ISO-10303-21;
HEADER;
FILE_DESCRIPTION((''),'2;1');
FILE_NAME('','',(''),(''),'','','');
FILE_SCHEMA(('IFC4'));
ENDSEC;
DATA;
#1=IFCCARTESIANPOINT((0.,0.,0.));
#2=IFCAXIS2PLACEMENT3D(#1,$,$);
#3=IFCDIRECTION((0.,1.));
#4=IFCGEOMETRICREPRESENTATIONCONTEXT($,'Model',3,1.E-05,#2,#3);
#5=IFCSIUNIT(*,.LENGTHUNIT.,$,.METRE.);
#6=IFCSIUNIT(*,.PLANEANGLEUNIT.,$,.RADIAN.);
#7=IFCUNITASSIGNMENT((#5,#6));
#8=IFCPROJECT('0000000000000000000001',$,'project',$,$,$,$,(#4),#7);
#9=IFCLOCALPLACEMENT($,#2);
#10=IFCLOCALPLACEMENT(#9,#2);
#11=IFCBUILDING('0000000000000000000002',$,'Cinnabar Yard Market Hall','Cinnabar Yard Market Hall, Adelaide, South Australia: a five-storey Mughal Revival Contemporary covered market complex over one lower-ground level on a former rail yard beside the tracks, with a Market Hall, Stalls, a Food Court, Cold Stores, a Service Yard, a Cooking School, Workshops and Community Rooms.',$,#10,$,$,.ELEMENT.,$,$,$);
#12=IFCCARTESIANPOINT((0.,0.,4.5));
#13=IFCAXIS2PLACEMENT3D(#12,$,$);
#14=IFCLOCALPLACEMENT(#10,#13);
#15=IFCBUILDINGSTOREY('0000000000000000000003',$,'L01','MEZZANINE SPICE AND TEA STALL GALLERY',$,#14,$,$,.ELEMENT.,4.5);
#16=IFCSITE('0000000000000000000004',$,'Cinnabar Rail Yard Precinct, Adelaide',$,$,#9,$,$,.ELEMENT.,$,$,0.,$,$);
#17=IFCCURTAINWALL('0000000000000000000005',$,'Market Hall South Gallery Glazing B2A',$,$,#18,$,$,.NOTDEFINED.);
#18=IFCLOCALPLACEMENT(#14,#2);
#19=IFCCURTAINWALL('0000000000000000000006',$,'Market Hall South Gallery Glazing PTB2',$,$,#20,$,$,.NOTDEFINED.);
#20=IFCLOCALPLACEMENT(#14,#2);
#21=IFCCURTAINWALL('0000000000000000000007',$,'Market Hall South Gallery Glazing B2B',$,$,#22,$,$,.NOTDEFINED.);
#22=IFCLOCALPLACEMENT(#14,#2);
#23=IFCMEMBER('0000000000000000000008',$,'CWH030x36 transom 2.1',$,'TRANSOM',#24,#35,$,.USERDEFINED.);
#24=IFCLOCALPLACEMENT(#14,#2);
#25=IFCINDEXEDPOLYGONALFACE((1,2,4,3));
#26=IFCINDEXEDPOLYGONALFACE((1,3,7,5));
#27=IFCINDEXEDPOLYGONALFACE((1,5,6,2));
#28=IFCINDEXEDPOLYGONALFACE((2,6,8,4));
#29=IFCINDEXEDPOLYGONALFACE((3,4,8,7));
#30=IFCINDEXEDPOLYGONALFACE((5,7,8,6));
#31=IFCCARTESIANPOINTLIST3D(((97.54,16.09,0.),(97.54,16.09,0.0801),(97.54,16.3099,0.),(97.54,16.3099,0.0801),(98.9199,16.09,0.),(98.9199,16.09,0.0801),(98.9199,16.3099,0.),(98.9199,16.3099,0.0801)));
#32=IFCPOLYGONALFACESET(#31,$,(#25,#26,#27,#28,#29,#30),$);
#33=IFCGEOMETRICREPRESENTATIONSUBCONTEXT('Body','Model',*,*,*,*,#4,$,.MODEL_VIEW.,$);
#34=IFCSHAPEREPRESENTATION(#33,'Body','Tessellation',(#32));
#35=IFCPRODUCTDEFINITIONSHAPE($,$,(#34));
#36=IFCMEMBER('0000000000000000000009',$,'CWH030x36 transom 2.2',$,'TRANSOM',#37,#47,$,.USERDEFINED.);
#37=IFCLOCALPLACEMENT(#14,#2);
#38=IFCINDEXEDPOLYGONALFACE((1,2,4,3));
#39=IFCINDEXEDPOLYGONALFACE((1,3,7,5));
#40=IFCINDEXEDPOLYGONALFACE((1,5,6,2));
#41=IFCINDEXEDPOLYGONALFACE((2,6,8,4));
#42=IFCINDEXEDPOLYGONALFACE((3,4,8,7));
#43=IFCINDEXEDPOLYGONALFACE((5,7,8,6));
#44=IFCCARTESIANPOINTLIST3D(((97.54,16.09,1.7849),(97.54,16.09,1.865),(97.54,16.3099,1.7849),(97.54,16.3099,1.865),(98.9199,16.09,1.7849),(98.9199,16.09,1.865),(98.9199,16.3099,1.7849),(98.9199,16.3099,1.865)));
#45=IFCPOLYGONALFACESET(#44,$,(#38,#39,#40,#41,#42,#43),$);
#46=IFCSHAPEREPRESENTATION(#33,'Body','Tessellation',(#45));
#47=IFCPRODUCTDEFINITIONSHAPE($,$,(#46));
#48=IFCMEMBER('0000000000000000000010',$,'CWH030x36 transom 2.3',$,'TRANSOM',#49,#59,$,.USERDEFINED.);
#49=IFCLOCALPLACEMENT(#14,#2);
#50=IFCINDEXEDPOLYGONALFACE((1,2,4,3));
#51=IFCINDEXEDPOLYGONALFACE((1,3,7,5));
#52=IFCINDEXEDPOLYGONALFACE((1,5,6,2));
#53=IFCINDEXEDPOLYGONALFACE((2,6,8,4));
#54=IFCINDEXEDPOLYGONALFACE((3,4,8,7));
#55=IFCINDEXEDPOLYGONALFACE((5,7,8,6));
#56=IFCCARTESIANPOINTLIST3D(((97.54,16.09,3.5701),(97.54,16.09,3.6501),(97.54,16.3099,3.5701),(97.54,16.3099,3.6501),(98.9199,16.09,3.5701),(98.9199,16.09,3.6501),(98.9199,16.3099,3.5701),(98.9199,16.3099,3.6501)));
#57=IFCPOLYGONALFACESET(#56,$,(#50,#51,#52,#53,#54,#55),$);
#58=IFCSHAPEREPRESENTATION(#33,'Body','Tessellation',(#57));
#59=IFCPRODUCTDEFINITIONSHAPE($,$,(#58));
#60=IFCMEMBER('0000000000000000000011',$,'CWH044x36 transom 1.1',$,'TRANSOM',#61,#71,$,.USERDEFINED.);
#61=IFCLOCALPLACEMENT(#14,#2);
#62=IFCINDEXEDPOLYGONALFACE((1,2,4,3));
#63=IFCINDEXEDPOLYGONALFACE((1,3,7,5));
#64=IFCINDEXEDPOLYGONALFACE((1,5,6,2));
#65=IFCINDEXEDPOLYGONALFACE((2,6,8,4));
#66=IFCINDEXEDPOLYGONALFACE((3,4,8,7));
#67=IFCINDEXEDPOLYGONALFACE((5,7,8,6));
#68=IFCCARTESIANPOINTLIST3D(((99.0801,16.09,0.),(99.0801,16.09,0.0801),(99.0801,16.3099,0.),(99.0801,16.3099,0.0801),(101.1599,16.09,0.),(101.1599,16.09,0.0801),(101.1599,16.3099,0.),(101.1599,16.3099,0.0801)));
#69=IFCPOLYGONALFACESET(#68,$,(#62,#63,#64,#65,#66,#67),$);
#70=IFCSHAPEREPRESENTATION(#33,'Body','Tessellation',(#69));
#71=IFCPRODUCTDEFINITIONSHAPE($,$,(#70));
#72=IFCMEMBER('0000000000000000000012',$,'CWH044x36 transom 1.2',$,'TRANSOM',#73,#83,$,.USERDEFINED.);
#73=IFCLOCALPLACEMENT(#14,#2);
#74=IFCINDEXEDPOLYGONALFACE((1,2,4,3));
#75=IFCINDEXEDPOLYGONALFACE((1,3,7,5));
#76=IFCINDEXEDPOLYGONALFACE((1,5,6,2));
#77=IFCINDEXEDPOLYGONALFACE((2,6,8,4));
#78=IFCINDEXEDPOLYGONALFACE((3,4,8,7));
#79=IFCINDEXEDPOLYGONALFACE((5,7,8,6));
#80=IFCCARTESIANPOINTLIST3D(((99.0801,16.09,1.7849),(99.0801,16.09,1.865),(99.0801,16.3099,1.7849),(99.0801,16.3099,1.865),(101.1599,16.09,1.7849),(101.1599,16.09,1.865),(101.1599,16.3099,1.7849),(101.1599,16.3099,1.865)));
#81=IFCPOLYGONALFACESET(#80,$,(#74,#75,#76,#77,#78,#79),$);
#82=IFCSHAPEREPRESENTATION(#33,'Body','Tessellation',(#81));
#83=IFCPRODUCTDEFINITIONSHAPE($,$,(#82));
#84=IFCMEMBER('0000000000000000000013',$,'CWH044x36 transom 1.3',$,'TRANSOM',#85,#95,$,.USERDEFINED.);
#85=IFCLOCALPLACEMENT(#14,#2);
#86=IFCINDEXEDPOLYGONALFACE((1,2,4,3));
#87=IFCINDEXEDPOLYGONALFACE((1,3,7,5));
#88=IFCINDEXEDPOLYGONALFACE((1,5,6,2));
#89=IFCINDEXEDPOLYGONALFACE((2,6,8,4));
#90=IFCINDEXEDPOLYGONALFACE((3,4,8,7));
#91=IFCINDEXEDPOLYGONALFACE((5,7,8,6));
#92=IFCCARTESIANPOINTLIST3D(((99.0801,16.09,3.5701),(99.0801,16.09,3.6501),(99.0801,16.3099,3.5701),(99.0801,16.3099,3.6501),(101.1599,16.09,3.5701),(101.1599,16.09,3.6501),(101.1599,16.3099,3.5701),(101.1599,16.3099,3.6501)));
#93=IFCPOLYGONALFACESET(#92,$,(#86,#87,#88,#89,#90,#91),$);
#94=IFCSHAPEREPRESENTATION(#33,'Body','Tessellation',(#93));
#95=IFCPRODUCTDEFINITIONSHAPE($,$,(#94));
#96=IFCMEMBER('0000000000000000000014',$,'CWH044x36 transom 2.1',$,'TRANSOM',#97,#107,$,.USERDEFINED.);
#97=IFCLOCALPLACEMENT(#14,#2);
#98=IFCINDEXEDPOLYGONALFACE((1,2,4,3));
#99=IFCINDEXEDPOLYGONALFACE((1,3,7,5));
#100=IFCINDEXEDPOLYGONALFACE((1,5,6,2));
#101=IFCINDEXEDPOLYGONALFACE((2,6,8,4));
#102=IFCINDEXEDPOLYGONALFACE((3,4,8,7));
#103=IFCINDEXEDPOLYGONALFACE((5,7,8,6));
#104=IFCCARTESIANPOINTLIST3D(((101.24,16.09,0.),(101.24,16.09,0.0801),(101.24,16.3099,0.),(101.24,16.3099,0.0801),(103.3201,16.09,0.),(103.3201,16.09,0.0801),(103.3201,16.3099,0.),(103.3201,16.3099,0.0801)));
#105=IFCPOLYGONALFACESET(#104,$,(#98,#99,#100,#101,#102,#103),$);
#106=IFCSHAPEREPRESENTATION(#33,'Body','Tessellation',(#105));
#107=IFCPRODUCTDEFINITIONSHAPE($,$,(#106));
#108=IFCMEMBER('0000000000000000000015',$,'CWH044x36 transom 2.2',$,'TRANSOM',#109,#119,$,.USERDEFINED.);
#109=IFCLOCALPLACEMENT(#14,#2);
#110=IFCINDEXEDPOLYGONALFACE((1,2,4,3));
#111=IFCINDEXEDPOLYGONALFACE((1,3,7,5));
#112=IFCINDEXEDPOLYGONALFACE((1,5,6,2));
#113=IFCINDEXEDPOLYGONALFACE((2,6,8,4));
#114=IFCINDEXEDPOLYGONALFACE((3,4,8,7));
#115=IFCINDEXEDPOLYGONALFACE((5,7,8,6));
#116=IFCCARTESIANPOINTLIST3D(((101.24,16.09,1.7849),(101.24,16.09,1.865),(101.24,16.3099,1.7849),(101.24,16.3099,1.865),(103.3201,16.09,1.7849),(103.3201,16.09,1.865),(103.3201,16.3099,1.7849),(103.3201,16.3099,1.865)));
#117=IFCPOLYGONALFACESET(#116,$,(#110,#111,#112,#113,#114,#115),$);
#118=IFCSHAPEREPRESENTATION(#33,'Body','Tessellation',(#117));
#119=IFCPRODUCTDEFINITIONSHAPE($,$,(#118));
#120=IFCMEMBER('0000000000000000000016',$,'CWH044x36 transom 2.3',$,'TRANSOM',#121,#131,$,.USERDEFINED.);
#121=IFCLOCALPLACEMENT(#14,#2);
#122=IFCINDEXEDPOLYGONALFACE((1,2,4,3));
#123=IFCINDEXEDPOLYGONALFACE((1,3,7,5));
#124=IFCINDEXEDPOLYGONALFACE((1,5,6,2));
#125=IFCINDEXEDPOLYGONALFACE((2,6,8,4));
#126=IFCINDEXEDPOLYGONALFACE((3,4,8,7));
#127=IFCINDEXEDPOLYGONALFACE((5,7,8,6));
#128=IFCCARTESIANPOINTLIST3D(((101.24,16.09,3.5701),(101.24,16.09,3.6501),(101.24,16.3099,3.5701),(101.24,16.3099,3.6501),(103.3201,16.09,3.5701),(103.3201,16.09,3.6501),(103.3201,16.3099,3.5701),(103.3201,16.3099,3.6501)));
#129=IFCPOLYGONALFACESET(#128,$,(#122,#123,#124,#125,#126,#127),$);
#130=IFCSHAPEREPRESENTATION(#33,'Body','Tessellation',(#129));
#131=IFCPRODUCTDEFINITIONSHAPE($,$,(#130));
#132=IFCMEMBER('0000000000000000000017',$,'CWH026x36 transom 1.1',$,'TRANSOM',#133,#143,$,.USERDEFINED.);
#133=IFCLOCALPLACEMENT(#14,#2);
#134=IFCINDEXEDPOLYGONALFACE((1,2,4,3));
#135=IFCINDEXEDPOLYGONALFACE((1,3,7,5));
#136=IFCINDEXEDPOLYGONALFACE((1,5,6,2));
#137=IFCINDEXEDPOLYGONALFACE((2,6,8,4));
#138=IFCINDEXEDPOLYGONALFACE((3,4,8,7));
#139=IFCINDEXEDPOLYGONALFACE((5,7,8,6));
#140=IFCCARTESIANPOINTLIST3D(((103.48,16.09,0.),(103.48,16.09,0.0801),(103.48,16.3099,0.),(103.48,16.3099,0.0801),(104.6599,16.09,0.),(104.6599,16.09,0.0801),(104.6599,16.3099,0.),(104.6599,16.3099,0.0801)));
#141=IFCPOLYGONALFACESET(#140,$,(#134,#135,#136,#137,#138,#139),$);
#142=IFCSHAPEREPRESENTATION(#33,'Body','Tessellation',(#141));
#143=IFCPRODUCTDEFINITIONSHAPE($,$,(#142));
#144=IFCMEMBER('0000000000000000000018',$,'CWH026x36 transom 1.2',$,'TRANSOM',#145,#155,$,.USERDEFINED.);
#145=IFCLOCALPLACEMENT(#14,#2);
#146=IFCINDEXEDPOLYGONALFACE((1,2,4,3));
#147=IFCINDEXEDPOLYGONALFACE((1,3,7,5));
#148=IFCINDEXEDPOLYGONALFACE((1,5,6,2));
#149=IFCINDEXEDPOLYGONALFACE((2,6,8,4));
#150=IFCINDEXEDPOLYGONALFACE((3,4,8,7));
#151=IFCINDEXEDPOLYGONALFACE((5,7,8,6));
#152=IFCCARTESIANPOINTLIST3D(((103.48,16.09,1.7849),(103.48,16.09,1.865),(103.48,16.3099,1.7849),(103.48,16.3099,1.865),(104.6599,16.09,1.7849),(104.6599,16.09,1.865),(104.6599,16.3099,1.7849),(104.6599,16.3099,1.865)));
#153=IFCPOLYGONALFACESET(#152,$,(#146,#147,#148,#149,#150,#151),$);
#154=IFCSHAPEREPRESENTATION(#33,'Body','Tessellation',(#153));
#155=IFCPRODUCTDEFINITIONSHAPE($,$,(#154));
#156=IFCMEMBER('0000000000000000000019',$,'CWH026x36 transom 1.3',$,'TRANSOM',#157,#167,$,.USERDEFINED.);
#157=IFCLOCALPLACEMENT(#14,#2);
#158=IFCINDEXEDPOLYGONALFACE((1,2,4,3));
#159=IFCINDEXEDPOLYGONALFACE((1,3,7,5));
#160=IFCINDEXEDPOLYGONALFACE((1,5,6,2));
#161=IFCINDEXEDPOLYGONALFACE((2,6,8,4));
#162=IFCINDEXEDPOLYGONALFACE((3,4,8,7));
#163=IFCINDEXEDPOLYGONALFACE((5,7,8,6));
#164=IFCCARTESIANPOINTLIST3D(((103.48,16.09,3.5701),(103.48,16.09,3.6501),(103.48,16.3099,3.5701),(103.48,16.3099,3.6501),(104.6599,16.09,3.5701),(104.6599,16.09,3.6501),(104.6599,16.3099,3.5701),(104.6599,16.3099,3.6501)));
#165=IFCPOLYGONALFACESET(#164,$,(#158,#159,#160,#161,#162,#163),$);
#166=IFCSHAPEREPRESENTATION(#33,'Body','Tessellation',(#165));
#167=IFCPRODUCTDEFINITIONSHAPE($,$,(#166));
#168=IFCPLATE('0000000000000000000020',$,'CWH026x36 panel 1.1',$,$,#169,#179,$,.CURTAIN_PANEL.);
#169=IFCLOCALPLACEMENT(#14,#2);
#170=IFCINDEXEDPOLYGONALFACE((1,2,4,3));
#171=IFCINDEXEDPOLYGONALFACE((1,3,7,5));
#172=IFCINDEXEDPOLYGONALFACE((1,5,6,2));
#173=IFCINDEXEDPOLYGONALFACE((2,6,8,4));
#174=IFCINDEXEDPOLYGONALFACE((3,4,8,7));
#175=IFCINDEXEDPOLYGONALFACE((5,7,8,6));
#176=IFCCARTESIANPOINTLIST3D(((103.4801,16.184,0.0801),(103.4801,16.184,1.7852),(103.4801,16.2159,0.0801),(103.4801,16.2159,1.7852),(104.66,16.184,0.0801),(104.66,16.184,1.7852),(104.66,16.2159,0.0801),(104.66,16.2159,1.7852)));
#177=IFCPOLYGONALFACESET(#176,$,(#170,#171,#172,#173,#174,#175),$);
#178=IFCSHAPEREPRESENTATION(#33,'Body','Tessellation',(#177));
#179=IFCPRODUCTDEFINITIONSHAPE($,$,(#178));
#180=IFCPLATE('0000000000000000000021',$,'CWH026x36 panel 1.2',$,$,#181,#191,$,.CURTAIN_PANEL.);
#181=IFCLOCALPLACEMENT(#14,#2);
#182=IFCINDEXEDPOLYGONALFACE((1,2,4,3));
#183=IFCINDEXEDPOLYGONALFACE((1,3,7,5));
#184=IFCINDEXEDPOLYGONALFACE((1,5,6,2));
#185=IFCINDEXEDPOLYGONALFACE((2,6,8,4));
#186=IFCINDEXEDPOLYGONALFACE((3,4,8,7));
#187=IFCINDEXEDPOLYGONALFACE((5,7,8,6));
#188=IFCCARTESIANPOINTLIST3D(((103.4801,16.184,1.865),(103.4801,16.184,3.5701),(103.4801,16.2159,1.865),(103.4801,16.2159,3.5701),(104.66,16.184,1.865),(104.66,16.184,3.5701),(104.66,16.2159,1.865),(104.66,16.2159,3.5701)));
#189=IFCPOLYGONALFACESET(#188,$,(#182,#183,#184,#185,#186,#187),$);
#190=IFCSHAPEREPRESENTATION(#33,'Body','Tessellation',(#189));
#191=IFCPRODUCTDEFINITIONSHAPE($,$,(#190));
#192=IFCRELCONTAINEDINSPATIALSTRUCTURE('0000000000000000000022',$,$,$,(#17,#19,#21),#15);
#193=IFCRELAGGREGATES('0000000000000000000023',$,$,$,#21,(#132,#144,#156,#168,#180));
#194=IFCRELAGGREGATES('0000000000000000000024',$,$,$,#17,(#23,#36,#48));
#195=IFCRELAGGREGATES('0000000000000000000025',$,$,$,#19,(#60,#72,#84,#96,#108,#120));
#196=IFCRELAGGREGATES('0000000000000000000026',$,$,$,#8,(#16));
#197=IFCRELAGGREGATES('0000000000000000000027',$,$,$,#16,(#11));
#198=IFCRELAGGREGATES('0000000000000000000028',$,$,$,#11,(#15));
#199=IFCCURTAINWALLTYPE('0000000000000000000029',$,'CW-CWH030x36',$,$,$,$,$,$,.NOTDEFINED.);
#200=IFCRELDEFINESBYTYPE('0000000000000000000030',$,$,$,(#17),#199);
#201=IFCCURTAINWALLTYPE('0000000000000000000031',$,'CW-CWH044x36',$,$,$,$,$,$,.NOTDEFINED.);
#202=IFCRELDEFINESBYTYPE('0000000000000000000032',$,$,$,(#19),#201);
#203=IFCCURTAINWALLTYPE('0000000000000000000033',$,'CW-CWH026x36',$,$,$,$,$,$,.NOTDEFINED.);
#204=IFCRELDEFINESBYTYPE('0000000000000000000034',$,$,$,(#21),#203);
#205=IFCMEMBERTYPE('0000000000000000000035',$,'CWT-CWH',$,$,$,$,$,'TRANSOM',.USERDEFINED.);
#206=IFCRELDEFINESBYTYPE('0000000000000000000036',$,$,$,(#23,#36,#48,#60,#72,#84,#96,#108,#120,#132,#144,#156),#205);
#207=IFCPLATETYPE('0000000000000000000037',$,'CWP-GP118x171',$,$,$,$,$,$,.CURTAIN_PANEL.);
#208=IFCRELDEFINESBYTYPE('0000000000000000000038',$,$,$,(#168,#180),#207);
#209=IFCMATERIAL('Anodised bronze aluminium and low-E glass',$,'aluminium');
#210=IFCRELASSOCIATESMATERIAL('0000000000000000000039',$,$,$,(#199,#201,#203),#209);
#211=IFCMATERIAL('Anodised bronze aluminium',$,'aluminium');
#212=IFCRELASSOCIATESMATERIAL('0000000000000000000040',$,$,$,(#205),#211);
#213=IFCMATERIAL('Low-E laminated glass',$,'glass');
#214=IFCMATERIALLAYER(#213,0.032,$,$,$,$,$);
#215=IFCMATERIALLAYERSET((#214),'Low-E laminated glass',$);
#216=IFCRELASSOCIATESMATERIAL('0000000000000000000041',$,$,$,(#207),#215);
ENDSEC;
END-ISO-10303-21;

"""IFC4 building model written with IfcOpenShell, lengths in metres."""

from ifc_helpers import new_model, si_unit, direction, frame, origin, origin_2d_with_axis, place, context, subcontext, project, spatial, rectangle, extrude, material, layer, layer_set, material_profile, profile_set, type_object, element, aggregate, save


model = new_model("IFC4")

# Units and contexts
model_context = context("Model", 3, precision=1e-05, world=origin(), true_north=direction((0.0, 1.0)))
body_context = subcontext(model_context, "Body", "Model", "MODEL_VIEW")
ifc_project = project(units=[si_unit("LENGTHUNIT", "METRE"), si_unit("PLANEANGLEUNIT", "RADIAN")], contexts=[model_context])

# Site, building, storey
site_placement = place(None, origin())
site = spatial("IfcSite", under=ifc_project, at=site_placement, Name="Cinnabar Rail Yard Precinct, Adelaide", CompositionType="ELEMENT", RefElevation=0.0)
building_placement = place(site_placement, origin())
building = spatial("IfcBuilding", under=site, at=building_placement, Name="Cinnabar Yard Market Hall", Description="Cinnabar Yard Market Hall, Adelaide, South Australia: a five-storey Mughal Revival Contemporary covered market complex over one lower-ground level on a former rail yard beside the tracks, with a Market Hall, Stalls, a Food Court, Cold Stores, a Service Yard, a Cooking School, Workshops and Community Rooms.", CompositionType="ELEMENT")
storey_placement = place(building_placement, frame((0.0, 0.0, 4.5)))
storey = spatial("IfcBuildingStorey", under=building, at=storey_placement, Name="L01", Description="MEZZANINE SPICE AND TEA STALL GALLERY", CompositionType="ELEMENT", Elevation=4.5)

# Curtain walls
ifc_material_1 = material(Name="Anodised bronze aluminium and low-E glass", Category="aluminium")
curtain_wall_type_1 = type_object("IfcCurtainWallType", Name="CW-CWH030x36", PredefinedType="NOTDEFINED", material=ifc_material_1)
curtain_wall_1_placement = place(storey_placement, origin())
curtain_wall_1 = element("IfcCurtainWall", 1, at=curtain_wall_1_placement, inside=storey, type_object=curtain_wall_type_1, Name="Market Hall South Gallery Glazing B2A", PredefinedType="NOTDEFINED")
ifc_material_2 = material(Name="Anodised bronze aluminium", Category="aluminium")
curtain_wall_type_2 = type_object("IfcCurtainWallType", Name="CW-CWH044x36", PredefinedType="NOTDEFINED", material=ifc_material_1)
curtain_wall_2_placement = place(storey_placement, origin())
curtain_wall_2 = element("IfcCurtainWall", 2, at=curtain_wall_2_placement, inside=storey, type_object=curtain_wall_type_2, Name="Market Hall South Gallery Glazing PTB2", PredefinedType="NOTDEFINED")

# Curtain wall
curtain_wall_type_3 = type_object("IfcCurtainWallType", Name="CW-CWH026x36", PredefinedType="NOTDEFINED", material=ifc_material_1)
curtain_wall_3_placement = place(storey_placement, origin())
curtain_wall_3 = element("IfcCurtainWall", 3, at=curtain_wall_3_placement, inside=storey, type_object=curtain_wall_type_3, Name="Market Hall South Gallery Glazing B2B", PredefinedType="NOTDEFINED")

# Members
ifc_material_profile_1 = material_profile(ifc_material_2, rectangle(XDim=0.22, YDim=0.0801, at=origin_2d_with_axis()), Name="TRN-CWH")
ifc_profile_set_1 = profile_set([ifc_material_profile_1], Name="Anodised bronze aluminium")
member_type_1 = type_object("IfcMemberType", Name="CWT-CWH", ElementType="TRANSOM", PredefinedType="USERDEFINED", material=ifc_profile_set_1)
member_1_placement = place(storey_placement, frame((97.54, 16.2, 0.04), z_axis=(1.0, 0.0, 0.0), x_axis=(0.0, 1.0, 0.0)))
member_1 = element("IfcMember", 4, at=member_1_placement, type_object=member_type_1, Name="CWH030x36 transom 2.1", ObjectType="TRANSOM", PredefinedType="USERDEFINED", context=body_context, shape_type="SweptSolid", body=[
    extrude(rectangle(XDim=0.22, YDim=0.0801, at=origin_2d_with_axis()), origin(), (0.0, 0.0, 1.0), 1.3799),
])
member_2_placement = place(storey_placement, frame((97.54, 16.2, 1.825), z_axis=(1.0, 0.0, 0.0), x_axis=(0.0, 1.0, 0.0)))
member_2 = element("IfcMember", 5, at=member_2_placement, type_object=member_type_1, Name="CWH030x36 transom 2.2", ObjectType="TRANSOM", PredefinedType="USERDEFINED", context=body_context, shape_type="SweptSolid", body=[
    extrude(rectangle(XDim=0.22, YDim=0.0801, at=origin_2d_with_axis()), origin(), (0.0, 0.0, 1.0), 1.3799),
])
member_3_placement = place(storey_placement, frame((97.54, 16.2, 3.6101), z_axis=(1.0, 0.0, 0.0), x_axis=(0.0, 1.0, 0.0)))
member_3 = element("IfcMember", 6, at=member_3_placement, type_object=member_type_1, Name="CWH030x36 transom 2.3", ObjectType="TRANSOM", PredefinedType="USERDEFINED", context=body_context, shape_type="SweptSolid", body=[
    extrude(rectangle(XDim=0.22, YDim=0.0801, at=origin_2d_with_axis()), origin(), (0.0, 0.0, 1.0), 1.3799),
])
member_4_placement = place(storey_placement, frame((99.0801, 16.2, 0.04), z_axis=(1.0, 0.0, 0.0), x_axis=(0.0, 1.0, 0.0)))
member_4 = element("IfcMember", 7, at=member_4_placement, type_object=member_type_1, Name="CWH044x36 transom 1.1", ObjectType="TRANSOM", PredefinedType="USERDEFINED", context=body_context, shape_type="SweptSolid", body=[
    extrude(rectangle(XDim=0.22, YDim=0.0801, at=origin_2d_with_axis()), origin(), (0.0, 0.0, 1.0), 2.0798),
])
member_5_placement = place(storey_placement, frame((99.0801, 16.2, 1.825), z_axis=(1.0, 0.0, 0.0), x_axis=(0.0, 1.0, 0.0)))
member_5 = element("IfcMember", 8, at=member_5_placement, type_object=member_type_1, Name="CWH044x36 transom 1.2", ObjectType="TRANSOM", PredefinedType="USERDEFINED", context=body_context, shape_type="SweptSolid", body=[
    extrude(rectangle(XDim=0.22, YDim=0.0801, at=origin_2d_with_axis()), origin(), (0.0, 0.0, 1.0), 2.0798),
])
member_6_placement = place(storey_placement, frame((99.0801, 16.2, 3.6101), z_axis=(1.0, 0.0, 0.0), x_axis=(0.0, 1.0, 0.0)))
member_6 = element("IfcMember", 9, at=member_6_placement, type_object=member_type_1, Name="CWH044x36 transom 1.3", ObjectType="TRANSOM", PredefinedType="USERDEFINED", context=body_context, shape_type="SweptSolid", body=[
    extrude(rectangle(XDim=0.22, YDim=0.0801, at=origin_2d_with_axis()), origin(), (0.0, 0.0, 1.0), 2.0798),
])
member_7_placement = place(storey_placement, frame((101.24, 16.2, 0.04), z_axis=(1.0, 0.0, 0.0), x_axis=(0.0, 1.0, 0.0)))
member_7 = element("IfcMember", 10, at=member_7_placement, type_object=member_type_1, Name="CWH044x36 transom 2.1", ObjectType="TRANSOM", PredefinedType="USERDEFINED", context=body_context, shape_type="SweptSolid", body=[
    extrude(rectangle(XDim=0.22, YDim=0.0801, at=origin_2d_with_axis()), origin(), (0.0, 0.0, 1.0), 2.0801),
])
member_8_placement = place(storey_placement, frame((101.24, 16.2, 1.825), z_axis=(1.0, 0.0, 0.0), x_axis=(0.0, 1.0, 0.0)))
member_8 = element("IfcMember", 11, at=member_8_placement, type_object=member_type_1, Name="CWH044x36 transom 2.2", ObjectType="TRANSOM", PredefinedType="USERDEFINED", context=body_context, shape_type="SweptSolid", body=[
    extrude(rectangle(XDim=0.22, YDim=0.0801, at=origin_2d_with_axis()), origin(), (0.0, 0.0, 1.0), 2.0801),
])
member_9_placement = place(storey_placement, frame((101.24, 16.2, 3.6101), z_axis=(1.0, 0.0, 0.0), x_axis=(0.0, 1.0, 0.0)))
member_9 = element("IfcMember", 12, at=member_9_placement, type_object=member_type_1, Name="CWH044x36 transom 2.3", ObjectType="TRANSOM", PredefinedType="USERDEFINED", context=body_context, shape_type="SweptSolid", body=[
    extrude(rectangle(XDim=0.22, YDim=0.0801, at=origin_2d_with_axis()), origin(), (0.0, 0.0, 1.0), 2.0801),
])
member_10_placement = place(storey_placement, frame((103.48, 16.2, 0.04), z_axis=(1.0, 0.0, 0.0), x_axis=(0.0, 1.0, 0.0)))
member_10 = element("IfcMember", 13, at=member_10_placement, type_object=member_type_1, Name="CWH026x36 transom 1.1", ObjectType="TRANSOM", PredefinedType="USERDEFINED", context=body_context, shape_type="SweptSolid", body=[
    extrude(rectangle(XDim=0.22, YDim=0.0801, at=origin_2d_with_axis()), origin(), (0.0, 0.0, 1.0), 1.1799),
])
member_11_placement = place(storey_placement, frame((103.48, 16.2, 1.825), z_axis=(1.0, 0.0, 0.0), x_axis=(0.0, 1.0, 0.0)))
member_11 = element("IfcMember", 14, at=member_11_placement, type_object=member_type_1, Name="CWH026x36 transom 1.2", ObjectType="TRANSOM", PredefinedType="USERDEFINED", context=body_context, shape_type="SweptSolid", body=[
    extrude(rectangle(XDim=0.22, YDim=0.0801, at=origin_2d_with_axis()), origin(), (0.0, 0.0, 1.0), 1.1799),
])
member_12_placement = place(storey_placement, frame((103.48, 16.2, 3.6101), z_axis=(1.0, 0.0, 0.0), x_axis=(0.0, 1.0, 0.0)))
member_12 = element("IfcMember", 15, at=member_12_placement, type_object=member_type_1, Name="CWH026x36 transom 1.3", ObjectType="TRANSOM", PredefinedType="USERDEFINED", context=body_context, shape_type="SweptSolid", body=[
    extrude(rectangle(XDim=0.22, YDim=0.0801, at=origin_2d_with_axis()), origin(), (0.0, 0.0, 1.0), 1.1799),
])

# Plates
ifc_material_3 = material(Name="Low-E laminated glass", Category="glass")
ifc_layer_1 = layer(ifc_material_3, 0.032)
ifc_layer_set_1 = layer_set([ifc_layer_1], Name="Low-E laminated glass")
plate_type_1 = type_object("IfcPlateType", Name="CWP-GP118x171", PredefinedType="CURTAIN_PANEL", material=ifc_layer_set_1)
plate_1_placement = place(storey_placement, frame((104.0701, 16.2, 0.0801), z_axis=(0.0, 0.0, 1.0), x_axis=(1.0, 0.0, 0.0)))
plate_1 = element("IfcPlate", 16, at=plate_1_placement, type_object=plate_type_1, Name="CWH026x36 panel 1.1", PredefinedType="CURTAIN_PANEL", context=body_context, shape_type="SweptSolid", body=[
    extrude(rectangle(XDim=1.1799, YDim=0.032, at=origin_2d_with_axis()), origin(), (0.0, 0.0, 1.0), 1.7051),
])
plate_2_placement = place(storey_placement, frame((104.0701, 16.2, 1.865), z_axis=(0.0, 0.0, 1.0), x_axis=(1.0, 0.0, 0.0)))
plate_2 = element("IfcPlate", 17, at=plate_2_placement, type_object=plate_type_1, Name="CWH026x36 panel 1.2", PredefinedType="CURTAIN_PANEL", context=body_context, shape_type="SweptSolid", body=[
    extrude(rectangle(XDim=1.1799, YDim=0.032, at=origin_2d_with_axis()), origin(), (0.0, 0.0, 1.0), 1.7051),
])
aggregate(curtain_wall_3, [member_10, member_11, member_12, plate_1, plate_2])
aggregate(curtain_wall_1, [member_1, member_2, member_3])
aggregate(curtain_wall_2, [member_4, member_5, member_6, member_7, member_8, member_9])

save(model, "model.ifc")
